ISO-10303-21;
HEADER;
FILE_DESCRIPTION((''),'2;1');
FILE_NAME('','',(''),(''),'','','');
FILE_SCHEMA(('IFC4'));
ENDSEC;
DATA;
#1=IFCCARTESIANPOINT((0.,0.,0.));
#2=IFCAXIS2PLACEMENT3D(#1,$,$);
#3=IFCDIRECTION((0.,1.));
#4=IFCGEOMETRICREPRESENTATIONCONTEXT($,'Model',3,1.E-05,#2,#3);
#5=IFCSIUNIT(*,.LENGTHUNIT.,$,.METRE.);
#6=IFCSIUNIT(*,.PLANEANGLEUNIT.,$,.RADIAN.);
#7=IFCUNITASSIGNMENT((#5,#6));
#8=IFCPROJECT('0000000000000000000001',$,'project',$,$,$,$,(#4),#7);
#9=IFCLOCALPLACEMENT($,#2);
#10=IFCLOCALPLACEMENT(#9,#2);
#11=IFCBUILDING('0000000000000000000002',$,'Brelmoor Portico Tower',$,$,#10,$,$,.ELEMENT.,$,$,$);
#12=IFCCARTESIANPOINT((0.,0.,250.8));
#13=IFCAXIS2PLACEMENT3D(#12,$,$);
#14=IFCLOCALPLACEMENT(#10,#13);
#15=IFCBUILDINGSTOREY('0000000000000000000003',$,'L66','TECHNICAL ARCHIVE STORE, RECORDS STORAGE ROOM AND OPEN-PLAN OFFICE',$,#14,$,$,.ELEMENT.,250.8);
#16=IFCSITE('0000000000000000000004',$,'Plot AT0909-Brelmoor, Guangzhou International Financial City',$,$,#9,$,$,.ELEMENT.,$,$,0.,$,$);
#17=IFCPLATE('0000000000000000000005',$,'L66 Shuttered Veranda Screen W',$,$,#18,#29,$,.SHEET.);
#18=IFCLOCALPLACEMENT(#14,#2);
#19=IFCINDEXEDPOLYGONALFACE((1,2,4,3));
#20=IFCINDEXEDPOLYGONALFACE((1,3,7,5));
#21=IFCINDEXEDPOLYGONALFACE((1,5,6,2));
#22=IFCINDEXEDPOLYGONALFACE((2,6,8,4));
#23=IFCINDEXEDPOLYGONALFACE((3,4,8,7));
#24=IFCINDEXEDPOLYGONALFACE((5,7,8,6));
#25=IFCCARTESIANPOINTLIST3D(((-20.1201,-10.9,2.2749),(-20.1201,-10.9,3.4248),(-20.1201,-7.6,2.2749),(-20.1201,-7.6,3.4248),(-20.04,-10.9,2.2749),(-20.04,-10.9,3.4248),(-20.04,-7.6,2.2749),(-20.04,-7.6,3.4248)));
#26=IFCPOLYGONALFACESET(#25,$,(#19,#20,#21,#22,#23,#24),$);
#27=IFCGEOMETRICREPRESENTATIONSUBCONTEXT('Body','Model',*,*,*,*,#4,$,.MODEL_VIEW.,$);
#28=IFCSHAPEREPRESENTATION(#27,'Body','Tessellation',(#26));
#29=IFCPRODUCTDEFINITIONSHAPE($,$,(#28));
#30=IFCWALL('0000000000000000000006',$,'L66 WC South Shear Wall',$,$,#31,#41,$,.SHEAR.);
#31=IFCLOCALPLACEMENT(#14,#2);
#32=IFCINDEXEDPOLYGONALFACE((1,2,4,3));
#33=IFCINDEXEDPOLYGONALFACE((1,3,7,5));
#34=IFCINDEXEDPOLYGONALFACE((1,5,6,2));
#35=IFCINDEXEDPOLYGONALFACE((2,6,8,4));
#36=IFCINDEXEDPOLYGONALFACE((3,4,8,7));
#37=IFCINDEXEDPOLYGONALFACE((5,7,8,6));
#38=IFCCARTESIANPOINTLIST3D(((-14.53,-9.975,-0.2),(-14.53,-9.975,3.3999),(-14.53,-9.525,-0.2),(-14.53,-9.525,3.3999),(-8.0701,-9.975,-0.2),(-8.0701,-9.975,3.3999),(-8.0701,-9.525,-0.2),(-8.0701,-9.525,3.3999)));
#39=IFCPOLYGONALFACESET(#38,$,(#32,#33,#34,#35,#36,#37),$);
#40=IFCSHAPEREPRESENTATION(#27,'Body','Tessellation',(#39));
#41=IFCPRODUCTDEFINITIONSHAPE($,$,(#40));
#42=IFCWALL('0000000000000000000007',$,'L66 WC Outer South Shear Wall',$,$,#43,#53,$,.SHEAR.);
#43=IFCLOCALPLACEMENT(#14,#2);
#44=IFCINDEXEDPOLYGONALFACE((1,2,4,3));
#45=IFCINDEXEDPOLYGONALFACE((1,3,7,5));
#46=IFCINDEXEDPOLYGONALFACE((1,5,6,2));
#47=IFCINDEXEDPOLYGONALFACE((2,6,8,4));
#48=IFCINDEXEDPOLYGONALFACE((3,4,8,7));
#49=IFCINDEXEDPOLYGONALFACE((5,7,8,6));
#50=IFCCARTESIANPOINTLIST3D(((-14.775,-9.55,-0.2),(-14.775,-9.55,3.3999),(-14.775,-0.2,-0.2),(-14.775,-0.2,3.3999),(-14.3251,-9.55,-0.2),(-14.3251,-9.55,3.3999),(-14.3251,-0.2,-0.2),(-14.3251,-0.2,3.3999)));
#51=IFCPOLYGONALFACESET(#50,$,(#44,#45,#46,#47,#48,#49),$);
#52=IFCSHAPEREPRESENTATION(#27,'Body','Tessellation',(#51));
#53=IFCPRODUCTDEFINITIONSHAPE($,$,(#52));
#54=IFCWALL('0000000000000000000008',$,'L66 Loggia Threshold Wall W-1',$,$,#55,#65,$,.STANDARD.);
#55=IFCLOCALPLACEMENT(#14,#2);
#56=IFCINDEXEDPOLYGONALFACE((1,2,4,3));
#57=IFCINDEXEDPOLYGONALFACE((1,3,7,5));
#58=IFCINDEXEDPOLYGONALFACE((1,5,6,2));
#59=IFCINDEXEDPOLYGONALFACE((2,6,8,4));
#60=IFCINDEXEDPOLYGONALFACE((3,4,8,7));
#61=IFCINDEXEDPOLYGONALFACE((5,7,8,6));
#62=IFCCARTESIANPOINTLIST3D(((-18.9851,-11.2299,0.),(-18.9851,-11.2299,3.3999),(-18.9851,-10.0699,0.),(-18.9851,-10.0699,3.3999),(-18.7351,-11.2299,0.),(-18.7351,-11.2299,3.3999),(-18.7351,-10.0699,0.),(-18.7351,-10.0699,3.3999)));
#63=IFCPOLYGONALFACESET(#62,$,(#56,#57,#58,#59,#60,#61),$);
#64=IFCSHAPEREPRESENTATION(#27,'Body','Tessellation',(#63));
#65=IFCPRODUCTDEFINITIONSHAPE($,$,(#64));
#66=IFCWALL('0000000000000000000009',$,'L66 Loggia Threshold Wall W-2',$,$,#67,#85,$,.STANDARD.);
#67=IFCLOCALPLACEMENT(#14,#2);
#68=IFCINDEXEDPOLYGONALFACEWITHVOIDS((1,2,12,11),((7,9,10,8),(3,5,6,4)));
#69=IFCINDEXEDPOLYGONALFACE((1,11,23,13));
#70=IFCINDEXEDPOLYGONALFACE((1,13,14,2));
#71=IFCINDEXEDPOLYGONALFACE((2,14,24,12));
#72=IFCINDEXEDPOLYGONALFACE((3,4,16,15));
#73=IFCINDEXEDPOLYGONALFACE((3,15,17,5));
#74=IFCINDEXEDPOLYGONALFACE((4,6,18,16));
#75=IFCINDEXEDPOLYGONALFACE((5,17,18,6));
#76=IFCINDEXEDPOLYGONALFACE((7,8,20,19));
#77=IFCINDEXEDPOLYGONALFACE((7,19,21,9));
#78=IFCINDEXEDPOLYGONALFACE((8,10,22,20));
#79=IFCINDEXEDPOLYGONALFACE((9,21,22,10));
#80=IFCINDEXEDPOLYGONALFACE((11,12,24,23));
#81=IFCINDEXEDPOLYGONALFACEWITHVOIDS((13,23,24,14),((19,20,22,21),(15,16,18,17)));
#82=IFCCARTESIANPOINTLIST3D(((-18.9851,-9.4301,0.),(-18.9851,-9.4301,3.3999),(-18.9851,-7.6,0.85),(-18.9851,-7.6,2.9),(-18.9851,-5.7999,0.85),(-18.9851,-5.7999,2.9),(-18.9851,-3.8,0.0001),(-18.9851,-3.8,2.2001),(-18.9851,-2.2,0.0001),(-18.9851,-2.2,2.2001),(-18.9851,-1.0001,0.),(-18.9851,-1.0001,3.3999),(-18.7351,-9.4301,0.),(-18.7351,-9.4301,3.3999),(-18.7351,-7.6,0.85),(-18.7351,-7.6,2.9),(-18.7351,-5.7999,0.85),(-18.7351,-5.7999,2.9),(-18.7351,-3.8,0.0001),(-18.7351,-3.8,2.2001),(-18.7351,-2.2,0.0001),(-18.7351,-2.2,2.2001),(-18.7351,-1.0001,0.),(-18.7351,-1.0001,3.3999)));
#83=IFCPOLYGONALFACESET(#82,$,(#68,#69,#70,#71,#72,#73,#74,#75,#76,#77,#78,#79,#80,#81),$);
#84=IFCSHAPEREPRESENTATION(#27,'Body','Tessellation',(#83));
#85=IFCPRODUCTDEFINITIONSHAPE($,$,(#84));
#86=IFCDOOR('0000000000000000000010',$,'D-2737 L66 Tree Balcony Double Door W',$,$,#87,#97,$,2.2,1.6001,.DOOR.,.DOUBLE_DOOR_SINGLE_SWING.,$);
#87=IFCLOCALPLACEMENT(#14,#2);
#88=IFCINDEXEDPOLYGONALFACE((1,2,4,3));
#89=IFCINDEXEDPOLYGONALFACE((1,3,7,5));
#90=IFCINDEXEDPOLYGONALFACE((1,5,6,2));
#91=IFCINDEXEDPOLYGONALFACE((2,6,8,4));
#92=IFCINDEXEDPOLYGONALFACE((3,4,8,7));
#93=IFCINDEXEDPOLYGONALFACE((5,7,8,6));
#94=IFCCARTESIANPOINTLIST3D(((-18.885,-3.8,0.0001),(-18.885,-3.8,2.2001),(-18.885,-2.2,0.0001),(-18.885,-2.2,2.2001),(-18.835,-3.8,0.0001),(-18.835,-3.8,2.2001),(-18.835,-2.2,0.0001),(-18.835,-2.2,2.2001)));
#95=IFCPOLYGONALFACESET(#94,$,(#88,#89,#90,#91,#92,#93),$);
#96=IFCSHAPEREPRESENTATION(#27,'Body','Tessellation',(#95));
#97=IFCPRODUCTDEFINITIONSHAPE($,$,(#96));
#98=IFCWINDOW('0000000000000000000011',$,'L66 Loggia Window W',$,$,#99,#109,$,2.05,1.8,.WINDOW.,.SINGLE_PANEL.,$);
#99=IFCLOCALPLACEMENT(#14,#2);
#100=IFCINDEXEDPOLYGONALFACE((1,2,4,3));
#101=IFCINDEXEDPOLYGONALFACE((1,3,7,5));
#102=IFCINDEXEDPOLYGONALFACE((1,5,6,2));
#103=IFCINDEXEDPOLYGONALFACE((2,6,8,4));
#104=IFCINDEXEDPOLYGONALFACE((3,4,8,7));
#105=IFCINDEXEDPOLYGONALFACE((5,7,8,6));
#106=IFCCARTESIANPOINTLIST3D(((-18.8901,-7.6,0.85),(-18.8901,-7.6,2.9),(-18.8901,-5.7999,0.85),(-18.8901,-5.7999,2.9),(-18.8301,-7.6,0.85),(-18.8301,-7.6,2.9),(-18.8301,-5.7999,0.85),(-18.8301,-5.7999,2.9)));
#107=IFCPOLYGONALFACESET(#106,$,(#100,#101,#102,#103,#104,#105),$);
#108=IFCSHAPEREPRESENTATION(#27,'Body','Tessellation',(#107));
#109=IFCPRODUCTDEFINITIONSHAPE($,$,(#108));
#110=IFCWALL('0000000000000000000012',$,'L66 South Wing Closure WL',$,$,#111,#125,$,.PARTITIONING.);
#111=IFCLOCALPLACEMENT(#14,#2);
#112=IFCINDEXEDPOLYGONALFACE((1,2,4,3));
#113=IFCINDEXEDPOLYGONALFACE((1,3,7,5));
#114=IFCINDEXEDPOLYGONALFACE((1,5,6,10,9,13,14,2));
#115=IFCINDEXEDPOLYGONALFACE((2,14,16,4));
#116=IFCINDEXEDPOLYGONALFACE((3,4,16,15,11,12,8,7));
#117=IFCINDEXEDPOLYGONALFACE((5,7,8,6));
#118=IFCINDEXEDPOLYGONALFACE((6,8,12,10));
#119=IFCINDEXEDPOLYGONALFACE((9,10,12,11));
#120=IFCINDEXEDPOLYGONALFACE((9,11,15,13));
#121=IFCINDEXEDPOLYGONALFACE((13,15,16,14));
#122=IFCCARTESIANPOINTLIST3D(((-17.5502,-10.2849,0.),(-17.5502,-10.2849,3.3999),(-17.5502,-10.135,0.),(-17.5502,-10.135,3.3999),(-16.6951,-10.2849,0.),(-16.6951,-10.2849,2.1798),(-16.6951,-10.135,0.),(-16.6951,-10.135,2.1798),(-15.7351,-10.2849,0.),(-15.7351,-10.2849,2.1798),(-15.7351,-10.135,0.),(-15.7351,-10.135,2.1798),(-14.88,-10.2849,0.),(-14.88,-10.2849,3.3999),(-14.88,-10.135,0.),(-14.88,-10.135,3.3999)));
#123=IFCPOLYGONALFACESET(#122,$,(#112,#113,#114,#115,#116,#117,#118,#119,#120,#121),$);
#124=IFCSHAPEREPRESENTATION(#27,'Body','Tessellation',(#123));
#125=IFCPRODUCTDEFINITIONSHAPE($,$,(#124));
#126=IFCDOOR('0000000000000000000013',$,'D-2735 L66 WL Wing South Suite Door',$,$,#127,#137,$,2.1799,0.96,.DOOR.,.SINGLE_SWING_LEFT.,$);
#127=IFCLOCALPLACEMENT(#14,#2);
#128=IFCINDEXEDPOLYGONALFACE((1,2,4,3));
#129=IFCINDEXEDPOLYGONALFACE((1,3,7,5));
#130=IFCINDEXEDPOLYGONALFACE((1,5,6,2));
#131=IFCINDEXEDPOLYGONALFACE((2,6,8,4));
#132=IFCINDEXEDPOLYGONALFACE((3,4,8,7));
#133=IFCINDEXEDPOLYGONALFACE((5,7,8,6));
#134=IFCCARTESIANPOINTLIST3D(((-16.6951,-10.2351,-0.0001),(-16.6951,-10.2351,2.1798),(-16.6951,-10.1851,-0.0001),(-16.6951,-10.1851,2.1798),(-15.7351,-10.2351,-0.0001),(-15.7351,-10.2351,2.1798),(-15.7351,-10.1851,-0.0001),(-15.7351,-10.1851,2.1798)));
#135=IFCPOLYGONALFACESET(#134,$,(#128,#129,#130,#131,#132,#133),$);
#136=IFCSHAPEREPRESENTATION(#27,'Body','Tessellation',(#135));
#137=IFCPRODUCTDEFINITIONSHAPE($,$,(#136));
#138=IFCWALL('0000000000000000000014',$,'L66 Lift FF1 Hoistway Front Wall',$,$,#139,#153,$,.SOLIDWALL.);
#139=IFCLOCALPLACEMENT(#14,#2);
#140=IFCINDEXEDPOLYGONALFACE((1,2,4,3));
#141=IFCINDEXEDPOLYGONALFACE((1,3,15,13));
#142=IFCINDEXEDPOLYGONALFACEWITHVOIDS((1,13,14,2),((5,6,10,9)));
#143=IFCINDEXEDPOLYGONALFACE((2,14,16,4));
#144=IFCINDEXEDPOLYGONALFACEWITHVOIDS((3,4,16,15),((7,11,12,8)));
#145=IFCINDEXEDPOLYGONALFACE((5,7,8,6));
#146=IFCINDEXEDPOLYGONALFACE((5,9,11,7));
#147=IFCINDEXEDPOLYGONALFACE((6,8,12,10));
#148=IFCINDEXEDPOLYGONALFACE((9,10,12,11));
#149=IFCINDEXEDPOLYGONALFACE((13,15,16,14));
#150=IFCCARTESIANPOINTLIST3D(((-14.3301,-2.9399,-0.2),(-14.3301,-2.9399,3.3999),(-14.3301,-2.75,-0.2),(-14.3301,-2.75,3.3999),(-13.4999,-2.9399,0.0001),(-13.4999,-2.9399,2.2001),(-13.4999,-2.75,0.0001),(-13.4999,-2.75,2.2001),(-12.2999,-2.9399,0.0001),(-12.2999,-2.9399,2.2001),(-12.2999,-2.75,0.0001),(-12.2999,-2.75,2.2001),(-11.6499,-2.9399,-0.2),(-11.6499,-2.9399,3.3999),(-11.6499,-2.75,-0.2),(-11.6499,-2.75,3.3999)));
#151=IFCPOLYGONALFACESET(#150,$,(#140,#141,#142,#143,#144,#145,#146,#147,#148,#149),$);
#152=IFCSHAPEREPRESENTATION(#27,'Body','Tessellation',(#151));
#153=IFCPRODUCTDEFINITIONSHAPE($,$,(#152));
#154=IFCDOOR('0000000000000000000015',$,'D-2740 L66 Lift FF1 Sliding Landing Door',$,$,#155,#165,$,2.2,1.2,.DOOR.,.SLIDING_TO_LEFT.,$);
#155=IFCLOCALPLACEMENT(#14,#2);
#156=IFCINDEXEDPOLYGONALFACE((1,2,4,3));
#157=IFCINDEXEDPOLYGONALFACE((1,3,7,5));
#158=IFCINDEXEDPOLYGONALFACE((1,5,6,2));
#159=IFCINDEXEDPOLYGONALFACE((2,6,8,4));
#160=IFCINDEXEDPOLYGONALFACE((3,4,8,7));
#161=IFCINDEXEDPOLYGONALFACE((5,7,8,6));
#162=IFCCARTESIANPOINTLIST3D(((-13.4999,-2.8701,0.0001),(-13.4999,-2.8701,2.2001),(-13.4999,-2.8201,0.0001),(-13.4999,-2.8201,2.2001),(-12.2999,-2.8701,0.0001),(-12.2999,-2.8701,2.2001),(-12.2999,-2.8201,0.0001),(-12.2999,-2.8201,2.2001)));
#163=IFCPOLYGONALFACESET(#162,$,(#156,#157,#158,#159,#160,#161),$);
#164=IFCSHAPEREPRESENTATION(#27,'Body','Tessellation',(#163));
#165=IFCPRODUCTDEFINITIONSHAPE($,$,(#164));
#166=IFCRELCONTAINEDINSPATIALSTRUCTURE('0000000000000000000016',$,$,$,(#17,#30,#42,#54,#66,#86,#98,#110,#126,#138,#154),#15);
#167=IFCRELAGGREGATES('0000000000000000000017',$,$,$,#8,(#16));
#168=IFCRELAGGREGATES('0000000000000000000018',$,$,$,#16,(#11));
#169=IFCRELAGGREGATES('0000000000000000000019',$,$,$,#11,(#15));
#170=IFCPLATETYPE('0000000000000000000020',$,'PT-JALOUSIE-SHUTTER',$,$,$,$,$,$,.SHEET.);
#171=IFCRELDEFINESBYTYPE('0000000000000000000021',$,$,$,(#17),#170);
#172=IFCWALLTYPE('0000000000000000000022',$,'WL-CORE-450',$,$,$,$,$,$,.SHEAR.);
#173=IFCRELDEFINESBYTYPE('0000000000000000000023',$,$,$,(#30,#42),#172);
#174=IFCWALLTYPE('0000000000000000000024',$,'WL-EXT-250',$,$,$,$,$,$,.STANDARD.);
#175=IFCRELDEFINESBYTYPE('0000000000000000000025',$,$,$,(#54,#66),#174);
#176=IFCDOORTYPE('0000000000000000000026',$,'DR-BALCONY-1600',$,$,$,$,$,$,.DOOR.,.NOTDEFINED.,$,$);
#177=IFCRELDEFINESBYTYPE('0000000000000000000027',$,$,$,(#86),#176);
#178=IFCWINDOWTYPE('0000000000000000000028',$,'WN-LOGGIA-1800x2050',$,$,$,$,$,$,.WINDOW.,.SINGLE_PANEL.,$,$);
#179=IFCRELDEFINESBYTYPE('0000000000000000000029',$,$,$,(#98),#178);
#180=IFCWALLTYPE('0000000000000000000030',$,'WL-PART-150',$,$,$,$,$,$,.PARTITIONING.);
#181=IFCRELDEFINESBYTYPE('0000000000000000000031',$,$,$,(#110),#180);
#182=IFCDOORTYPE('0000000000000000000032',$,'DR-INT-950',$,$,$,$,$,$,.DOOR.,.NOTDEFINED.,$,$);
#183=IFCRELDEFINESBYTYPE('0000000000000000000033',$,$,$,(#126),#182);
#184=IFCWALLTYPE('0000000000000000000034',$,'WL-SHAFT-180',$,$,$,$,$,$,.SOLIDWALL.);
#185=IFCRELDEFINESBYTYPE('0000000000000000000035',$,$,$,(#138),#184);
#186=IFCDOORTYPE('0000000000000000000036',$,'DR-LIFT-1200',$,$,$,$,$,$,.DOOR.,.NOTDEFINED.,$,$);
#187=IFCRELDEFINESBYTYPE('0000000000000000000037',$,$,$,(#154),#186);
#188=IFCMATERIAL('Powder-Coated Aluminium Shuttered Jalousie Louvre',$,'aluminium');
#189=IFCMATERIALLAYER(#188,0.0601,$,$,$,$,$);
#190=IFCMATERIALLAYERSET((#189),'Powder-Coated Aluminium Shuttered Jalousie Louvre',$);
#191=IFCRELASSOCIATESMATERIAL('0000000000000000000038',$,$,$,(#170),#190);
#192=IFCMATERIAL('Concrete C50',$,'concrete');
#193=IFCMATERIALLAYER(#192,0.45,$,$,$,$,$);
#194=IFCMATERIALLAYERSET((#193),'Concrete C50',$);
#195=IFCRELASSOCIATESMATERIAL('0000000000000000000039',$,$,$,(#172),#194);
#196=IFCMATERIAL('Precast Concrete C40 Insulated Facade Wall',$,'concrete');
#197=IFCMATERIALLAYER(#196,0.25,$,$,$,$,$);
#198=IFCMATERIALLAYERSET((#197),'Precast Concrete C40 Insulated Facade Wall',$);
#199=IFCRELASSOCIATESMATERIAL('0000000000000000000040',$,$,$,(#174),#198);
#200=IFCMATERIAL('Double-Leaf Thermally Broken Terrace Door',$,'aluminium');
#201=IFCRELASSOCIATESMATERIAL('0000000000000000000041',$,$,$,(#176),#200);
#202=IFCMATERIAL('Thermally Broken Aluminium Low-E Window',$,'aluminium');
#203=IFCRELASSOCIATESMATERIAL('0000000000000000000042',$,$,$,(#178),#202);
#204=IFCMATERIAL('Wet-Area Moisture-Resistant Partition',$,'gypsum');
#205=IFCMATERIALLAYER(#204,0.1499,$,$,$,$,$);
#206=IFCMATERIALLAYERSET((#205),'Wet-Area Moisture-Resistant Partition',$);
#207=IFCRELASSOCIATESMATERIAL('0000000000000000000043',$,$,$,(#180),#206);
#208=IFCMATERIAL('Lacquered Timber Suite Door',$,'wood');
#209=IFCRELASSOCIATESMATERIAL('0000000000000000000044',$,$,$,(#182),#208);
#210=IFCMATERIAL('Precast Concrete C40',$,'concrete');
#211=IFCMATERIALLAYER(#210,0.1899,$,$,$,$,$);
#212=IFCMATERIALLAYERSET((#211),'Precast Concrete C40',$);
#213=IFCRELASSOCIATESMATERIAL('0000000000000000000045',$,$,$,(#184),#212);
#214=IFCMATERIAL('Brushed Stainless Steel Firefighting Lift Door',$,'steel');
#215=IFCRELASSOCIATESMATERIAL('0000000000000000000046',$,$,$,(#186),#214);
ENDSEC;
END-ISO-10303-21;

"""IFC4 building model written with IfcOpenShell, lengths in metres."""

from ifc_helpers import new_model, si_unit, direction, frame, frame_2d, origin, origin_2d, place, context, subcontext, project, spatial, rectangle, extrude, material, layer, layer_set, type_object, element, fill, save


model = new_model("IFC4")

# Units and contexts
model_context = context("Model", 3, precision=1e-05, world=origin(), true_north=direction((0.0, 1.0)))
body_context = subcontext(model_context, "Body", "Model", "MODEL_VIEW")
ifc_project = project(units=[si_unit("LENGTHUNIT", "METRE"), si_unit("PLANEANGLEUNIT", "RADIAN")], contexts=[model_context])

# Site, building, storey
site_placement = place(None, origin())
site = spatial("IfcSite", under=ifc_project, at=site_placement, Name="Plot AT0909-Brelmoor, Guangzhou International Financial City", CompositionType="ELEMENT", RefElevation=0.0)
building_placement = place(site_placement, origin())
building = spatial("IfcBuilding", under=site, at=building_placement, Name="Brelmoor Portico Tower", CompositionType="ELEMENT")
storey_placement = place(building_placement, frame((0.0, 0.0, 250.8)))
storey = spatial("IfcBuildingStorey", under=building, at=storey_placement, Name="L66", Description="TECHNICAL ARCHIVE STORE, RECORDS STORAGE ROOM AND OPEN-PLAN OFFICE", CompositionType="ELEMENT", Elevation=250.8)

# Plate
ifc_material_1 = material(Name="Powder-Coated Aluminium Shuttered Jalousie Louvre", Category="aluminium")
ifc_layer_1 = layer(ifc_material_1, 0.0601)
ifc_layer_set_1 = layer_set([ifc_layer_1], Name="Powder-Coated Aluminium Shuttered Jalousie Louvre")
plate_type_1 = type_object("IfcPlateType", Name="PT-JALOUSIE-SHUTTER", PredefinedType="SHEET", material=ifc_layer_set_1)
plate_1_placement = place(storey_placement, frame((-20.0801, -9.25, 2.2749), z_axis=(0.0, 0.0, 1.0), x_axis=(0.0, 1.0, 0.0)))
element("IfcPlate", 1, at=plate_1_placement, inside=storey, type_object=plate_type_1, Name="L66 Shuttered Veranda Screen W", PredefinedType="SHEET", context=body_context, shape_type="SweptSolid", body=[
    extrude(rectangle(XDim=3.3, YDim=0.0801, at=origin_2d()), origin(), (0.0, 0.0, 1.0), 1.1499),
])

# Walls
ifc_material_2 = material(Name="Concrete C50", Category="concrete")
ifc_layer_2 = layer(ifc_material_2, 0.45)
ifc_layer_set_2 = layer_set([ifc_layer_2], Name="Concrete C50")
wall_type_1 = type_object("IfcWallType", Name="WL-CORE-450", PredefinedType="SHEAR", material=ifc_layer_set_2)
wall_1_placement = place(storey_placement, frame((-14.53, -9.75, -0.2), z_axis=(0.0, 0.0, 1.0), x_axis=(1.0, 0.0, 0.0)))
element("IfcWall", 2, at=wall_1_placement, inside=storey, type_object=wall_type_1, Name="L66 WC South Shear Wall", PredefinedType="SHEAR", context=body_context, shape_type="SweptSolid", body=[
    extrude(rectangle(XDim=6.46, YDim=0.45, at=frame_2d((3.23, 0.0))), origin(), (0.0, 0.0, 1.0), 3.5999),
])
wall_2_placement = place(storey_placement, frame((-14.55, -9.55, -0.2), z_axis=(0.0, 0.0, 1.0), x_axis=(0.0, 1.0, 0.0)))
element("IfcWall", 3, at=wall_2_placement, inside=storey, type_object=wall_type_1, Name="L66 WC Outer South Shear Wall", PredefinedType="SHEAR", context=body_context, shape_type="SweptSolid", body=[
    extrude(rectangle(XDim=9.3501, YDim=0.45, at=frame_2d((4.675, 0.0))), origin(), (0.0, 0.0, 1.0), 3.5999),
])
ifc_material_3 = material(Name="Precast Concrete C40 Insulated Facade Wall", Category="concrete")
ifc_layer_3 = layer(ifc_material_3, 0.25)
ifc_layer_set_3 = layer_set([ifc_layer_3], Name="Precast Concrete C40 Insulated Facade Wall")
wall_type_2 = type_object("IfcWallType", Name="WL-EXT-250", PredefinedType="STANDARD", material=ifc_layer_set_3)
wall_3_placement = place(storey_placement, frame((-18.8601, -11.23, 0.0), z_axis=(0.0, 0.0, 1.0), x_axis=(0.0, 1.0, 0.0)))
element("IfcWall", 4, at=wall_3_placement, inside=storey, type_object=wall_type_2, Name="L66 Loggia Threshold Wall W-1", PredefinedType="STANDARD", context=body_context, shape_type="SweptSolid", body=[
    extrude(rectangle(XDim=1.1599, YDim=0.25, at=frame_2d((0.5801, 0.0))), origin(), (0.0, 0.0, 1.0), 3.3999),
])

# Wall, openings, door, window
wall_4_placement = place(storey_placement, frame((-18.8601, -9.4299, 0.0), z_axis=(0.0, 0.0, 1.0), x_axis=(0.0, 1.0, 0.0)))
wall_4 = element("IfcWall", 5, at=wall_4_placement, inside=storey, type_object=wall_type_2, Name="L66 Loggia Threshold Wall W-2", PredefinedType="STANDARD", context=body_context, shape_type="SweptSolid", body=[
    extrude(rectangle(XDim=8.4299, YDim=0.25, at=frame_2d((4.2148, 0.0))), origin(), (0.0, 0.0, 1.0), 3.3999),
])
opening_1_placement = place(wall_4_placement, frame((5.6299, 0.0, 0.0)))
opening_1 = element("IfcOpeningElement", 6, at=opening_1_placement, cuts=wall_4, PredefinedType="OPENING", context=body_context, shape_type="SweptSolid", body=[
    extrude(rectangle(XDim=1.6001, YDim=2.2, at=frame_2d((0.8, 1.1001))), frame((0.0, 0.135, 0.0), z_axis=(0.0, -1.0, 0.0), x_axis=(1.0, 0.0, 0.0)), (0.0, 0.0, 1.0), 0.27),
])
opening_2_placement = place(wall_4_placement, frame((1.8301, 0.0, 0.8501)))
opening_2 = element("IfcOpeningElement", 7, at=opening_2_placement, cuts=wall_4, PredefinedType="OPENING", context=body_context, shape_type="SweptSolid", body=[
    extrude(rectangle(XDim=1.8, YDim=2.05, at=frame_2d((0.8999, 1.0249))), frame((0.0, 0.135, 0.0), z_axis=(0.0, -1.0, 0.0), x_axis=(1.0, 0.0, 0.0)), (0.0, 0.0, 1.0), 0.27),
])
ifc_material_4 = material(Name="Double-Leaf Thermally Broken Terrace Door", Category="aluminium")
door_type_1 = type_object("IfcDoorType", Name="DR-BALCONY-1600", OperationType="NOTDEFINED", PredefinedType="DOOR", material=ifc_material_4)
door_1_placement = place(opening_1_placement, origin())
door_1 = element("IfcDoor", 8, at=door_1_placement, inside=storey, type_object=door_type_1, Name="D-2737 L66 Tree Balcony Double Door W", OperationType="DOUBLE_DOOR_SINGLE_SWING", OverallHeight=2.2, OverallWidth=1.6001, PredefinedType="DOOR", context=body_context, shape_type="SweptSolid", body=[
    extrude(rectangle(XDim=1.6001, YDim=2.2, at=frame_2d((0.8, 1.1001))), frame((0.0, 0.0249, 0.0), z_axis=(0.0, -1.0, 0.0), x_axis=(1.0, 0.0, 0.0)), (0.0, 0.0, 1.0), 0.05),
])
fill(opening_1, door_1)
ifc_material_5 = material(Name="Thermally Broken Aluminium Low-E Window", Category="aluminium")
window_type = type_object("IfcWindowType", Name="WN-LOGGIA-1800x2050", PartitioningType="SINGLE_PANEL", PredefinedType="WINDOW", material=ifc_material_5)
window_placement = place(opening_2_placement, origin())
window = element("IfcWindow", 9, at=window_placement, inside=storey, type_object=window_type, Name="L66 Loggia Window W", OverallHeight=2.05, OverallWidth=1.8, PartitioningType="SINGLE_PANEL", PredefinedType="WINDOW", context=body_context, shape_type="SweptSolid", body=[
    extrude(rectangle(XDim=1.8, YDim=2.05, at=frame_2d((0.8999, 1.0249))), frame((0.0, 0.03, 0.0), z_axis=(0.0, -1.0, 0.0), x_axis=(1.0, 0.0, 0.0)), (0.0, 0.0, 1.0), 0.0601),
])
fill(opening_2, window)

# Walls, openings, doors
ifc_material_6 = material(Name="Wet-Area Moisture-Resistant Partition", Category="gypsum")
ifc_layer_4 = layer(ifc_material_6, 0.1499)
ifc_layer_set_4 = layer_set([ifc_layer_4], Name="Wet-Area Moisture-Resistant Partition")
wall_type_3 = type_object("IfcWallType", Name="WL-PART-150", PredefinedType="PARTITIONING", material=ifc_layer_set_4)
wall_5_placement = place(storey_placement, frame((-17.55, -10.21, 0.0), z_axis=(0.0, 0.0, 1.0), x_axis=(1.0, 0.0, 0.0)))
wall_5 = element("IfcWall", 10, at=wall_5_placement, inside=storey, type_object=wall_type_3, Name="L66 South Wing Closure WL", PredefinedType="PARTITIONING", context=body_context, shape_type="SweptSolid", body=[
    extrude(rectangle(XDim=2.6702, YDim=0.1499, at=frame_2d((1.335, 0.0))), origin(), (0.0, 0.0, 1.0), 3.3999),
])
opening_3_placement = place(wall_5_placement, frame((0.855, 0.0, 0.0)))
opening_3 = element("IfcOpeningElement", 11, at=opening_3_placement, cuts=wall_5, PredefinedType="OPENING", context=body_context, shape_type="SweptSolid", body=[
    extrude(rectangle(XDim=0.96, YDim=2.1799, at=frame_2d((0.48, 1.0898))), frame((0.0, 0.085, 0.0), z_axis=(0.0, -1.0, 0.0), x_axis=(1.0, 0.0, 0.0)), (0.0, 0.0, 1.0), 0.1699),
])
ifc_material_7 = material(Name="Lacquered Timber Suite Door", Category="wood")
door_type_2 = type_object("IfcDoorType", Name="DR-INT-950", OperationType="NOTDEFINED", PredefinedType="DOOR", material=ifc_material_7)
door_2_placement = place(opening_3_placement, origin())
door_2 = element("IfcDoor", 12, at=door_2_placement, inside=storey, type_object=door_type_2, Name="D-2735 L66 WL Wing South Suite Door", OperationType="SINGLE_SWING_LEFT", OverallHeight=2.1799, OverallWidth=0.96, PredefinedType="DOOR", context=body_context, shape_type="SweptSolid", body=[
    extrude(rectangle(XDim=0.96, YDim=2.1799, at=frame_2d((0.48, 1.0898))), frame((0.0, 0.0249, 0.0), z_axis=(0.0, -1.0, 0.0), x_axis=(1.0, 0.0, 0.0)), (0.0, 0.0, 1.0), 0.05),
])
fill(opening_3, door_2)
ifc_material_8 = material(Name="Precast Concrete C40", Category="concrete")
ifc_layer_5 = layer(ifc_material_8, 0.1899)
ifc_layer_set_5 = layer_set([ifc_layer_5], Name="Precast Concrete C40")
wall_type_4 = type_object("IfcWallType", Name="WL-SHAFT-180", PredefinedType="SOLIDWALL", material=ifc_layer_set_5)
wall_6_placement = place(storey_placement, frame((-14.3301, -2.845, -0.2), z_axis=(0.0, 0.0, 1.0), x_axis=(1.0, 0.0, 0.0)))
wall_6 = element("IfcWall", 13, at=wall_6_placement, inside=storey, type_object=wall_type_4, Name="L66 Lift FF1 Hoistway Front Wall", PredefinedType="SOLIDWALL", context=body_context, shape_type="SweptSolid", body=[
    extrude(rectangle(XDim=2.6802, YDim=0.1899, at=frame_2d((1.3401, 0.0))), origin(), (0.0, 0.0, 1.0), 3.5999),
])
opening_4_placement = place(wall_6_placement, frame((0.8301, 0.0, 0.2)))
opening_4 = element("IfcOpeningElement", 14, at=opening_4_placement, cuts=wall_6, PredefinedType="OPENING", context=body_context, shape_type="SweptSolid", body=[
    extrude(rectangle(XDim=1.2, YDim=2.2, at=frame_2d((0.6001, 1.1001))), frame((0.0, 0.105, 0.0), z_axis=(0.0, -1.0, 0.0), x_axis=(1.0, 0.0, 0.0)), (0.0, 0.0, 1.0), 0.21),
])
ifc_material_9 = material(Name="Brushed Stainless Steel Firefighting Lift Door", Category="steel")
door_type_3 = type_object("IfcDoorType", Name="DR-LIFT-1200", OperationType="NOTDEFINED", PredefinedType="DOOR", material=ifc_material_9)
door_3_placement = place(opening_4_placement, origin())
door_3 = element("IfcDoor", 15, at=door_3_placement, inside=storey, type_object=door_type_3, Name="D-2740 L66 Lift FF1 Sliding Landing Door", OperationType="SLIDING_TO_LEFT", OverallHeight=2.2, OverallWidth=1.2, PredefinedType="DOOR", context=body_context, shape_type="SweptSolid", body=[
    extrude(rectangle(XDim=1.2, YDim=2.2, at=frame_2d((0.6001, 1.1001))), frame((0.0, 0.0249, 0.0), z_axis=(0.0, -1.0, 0.0), x_axis=(1.0, 0.0, 0.0)), (0.0, 0.0, 1.0), 0.05),
])
fill(opening_4, door_3)

save(model, "model.ifc")
